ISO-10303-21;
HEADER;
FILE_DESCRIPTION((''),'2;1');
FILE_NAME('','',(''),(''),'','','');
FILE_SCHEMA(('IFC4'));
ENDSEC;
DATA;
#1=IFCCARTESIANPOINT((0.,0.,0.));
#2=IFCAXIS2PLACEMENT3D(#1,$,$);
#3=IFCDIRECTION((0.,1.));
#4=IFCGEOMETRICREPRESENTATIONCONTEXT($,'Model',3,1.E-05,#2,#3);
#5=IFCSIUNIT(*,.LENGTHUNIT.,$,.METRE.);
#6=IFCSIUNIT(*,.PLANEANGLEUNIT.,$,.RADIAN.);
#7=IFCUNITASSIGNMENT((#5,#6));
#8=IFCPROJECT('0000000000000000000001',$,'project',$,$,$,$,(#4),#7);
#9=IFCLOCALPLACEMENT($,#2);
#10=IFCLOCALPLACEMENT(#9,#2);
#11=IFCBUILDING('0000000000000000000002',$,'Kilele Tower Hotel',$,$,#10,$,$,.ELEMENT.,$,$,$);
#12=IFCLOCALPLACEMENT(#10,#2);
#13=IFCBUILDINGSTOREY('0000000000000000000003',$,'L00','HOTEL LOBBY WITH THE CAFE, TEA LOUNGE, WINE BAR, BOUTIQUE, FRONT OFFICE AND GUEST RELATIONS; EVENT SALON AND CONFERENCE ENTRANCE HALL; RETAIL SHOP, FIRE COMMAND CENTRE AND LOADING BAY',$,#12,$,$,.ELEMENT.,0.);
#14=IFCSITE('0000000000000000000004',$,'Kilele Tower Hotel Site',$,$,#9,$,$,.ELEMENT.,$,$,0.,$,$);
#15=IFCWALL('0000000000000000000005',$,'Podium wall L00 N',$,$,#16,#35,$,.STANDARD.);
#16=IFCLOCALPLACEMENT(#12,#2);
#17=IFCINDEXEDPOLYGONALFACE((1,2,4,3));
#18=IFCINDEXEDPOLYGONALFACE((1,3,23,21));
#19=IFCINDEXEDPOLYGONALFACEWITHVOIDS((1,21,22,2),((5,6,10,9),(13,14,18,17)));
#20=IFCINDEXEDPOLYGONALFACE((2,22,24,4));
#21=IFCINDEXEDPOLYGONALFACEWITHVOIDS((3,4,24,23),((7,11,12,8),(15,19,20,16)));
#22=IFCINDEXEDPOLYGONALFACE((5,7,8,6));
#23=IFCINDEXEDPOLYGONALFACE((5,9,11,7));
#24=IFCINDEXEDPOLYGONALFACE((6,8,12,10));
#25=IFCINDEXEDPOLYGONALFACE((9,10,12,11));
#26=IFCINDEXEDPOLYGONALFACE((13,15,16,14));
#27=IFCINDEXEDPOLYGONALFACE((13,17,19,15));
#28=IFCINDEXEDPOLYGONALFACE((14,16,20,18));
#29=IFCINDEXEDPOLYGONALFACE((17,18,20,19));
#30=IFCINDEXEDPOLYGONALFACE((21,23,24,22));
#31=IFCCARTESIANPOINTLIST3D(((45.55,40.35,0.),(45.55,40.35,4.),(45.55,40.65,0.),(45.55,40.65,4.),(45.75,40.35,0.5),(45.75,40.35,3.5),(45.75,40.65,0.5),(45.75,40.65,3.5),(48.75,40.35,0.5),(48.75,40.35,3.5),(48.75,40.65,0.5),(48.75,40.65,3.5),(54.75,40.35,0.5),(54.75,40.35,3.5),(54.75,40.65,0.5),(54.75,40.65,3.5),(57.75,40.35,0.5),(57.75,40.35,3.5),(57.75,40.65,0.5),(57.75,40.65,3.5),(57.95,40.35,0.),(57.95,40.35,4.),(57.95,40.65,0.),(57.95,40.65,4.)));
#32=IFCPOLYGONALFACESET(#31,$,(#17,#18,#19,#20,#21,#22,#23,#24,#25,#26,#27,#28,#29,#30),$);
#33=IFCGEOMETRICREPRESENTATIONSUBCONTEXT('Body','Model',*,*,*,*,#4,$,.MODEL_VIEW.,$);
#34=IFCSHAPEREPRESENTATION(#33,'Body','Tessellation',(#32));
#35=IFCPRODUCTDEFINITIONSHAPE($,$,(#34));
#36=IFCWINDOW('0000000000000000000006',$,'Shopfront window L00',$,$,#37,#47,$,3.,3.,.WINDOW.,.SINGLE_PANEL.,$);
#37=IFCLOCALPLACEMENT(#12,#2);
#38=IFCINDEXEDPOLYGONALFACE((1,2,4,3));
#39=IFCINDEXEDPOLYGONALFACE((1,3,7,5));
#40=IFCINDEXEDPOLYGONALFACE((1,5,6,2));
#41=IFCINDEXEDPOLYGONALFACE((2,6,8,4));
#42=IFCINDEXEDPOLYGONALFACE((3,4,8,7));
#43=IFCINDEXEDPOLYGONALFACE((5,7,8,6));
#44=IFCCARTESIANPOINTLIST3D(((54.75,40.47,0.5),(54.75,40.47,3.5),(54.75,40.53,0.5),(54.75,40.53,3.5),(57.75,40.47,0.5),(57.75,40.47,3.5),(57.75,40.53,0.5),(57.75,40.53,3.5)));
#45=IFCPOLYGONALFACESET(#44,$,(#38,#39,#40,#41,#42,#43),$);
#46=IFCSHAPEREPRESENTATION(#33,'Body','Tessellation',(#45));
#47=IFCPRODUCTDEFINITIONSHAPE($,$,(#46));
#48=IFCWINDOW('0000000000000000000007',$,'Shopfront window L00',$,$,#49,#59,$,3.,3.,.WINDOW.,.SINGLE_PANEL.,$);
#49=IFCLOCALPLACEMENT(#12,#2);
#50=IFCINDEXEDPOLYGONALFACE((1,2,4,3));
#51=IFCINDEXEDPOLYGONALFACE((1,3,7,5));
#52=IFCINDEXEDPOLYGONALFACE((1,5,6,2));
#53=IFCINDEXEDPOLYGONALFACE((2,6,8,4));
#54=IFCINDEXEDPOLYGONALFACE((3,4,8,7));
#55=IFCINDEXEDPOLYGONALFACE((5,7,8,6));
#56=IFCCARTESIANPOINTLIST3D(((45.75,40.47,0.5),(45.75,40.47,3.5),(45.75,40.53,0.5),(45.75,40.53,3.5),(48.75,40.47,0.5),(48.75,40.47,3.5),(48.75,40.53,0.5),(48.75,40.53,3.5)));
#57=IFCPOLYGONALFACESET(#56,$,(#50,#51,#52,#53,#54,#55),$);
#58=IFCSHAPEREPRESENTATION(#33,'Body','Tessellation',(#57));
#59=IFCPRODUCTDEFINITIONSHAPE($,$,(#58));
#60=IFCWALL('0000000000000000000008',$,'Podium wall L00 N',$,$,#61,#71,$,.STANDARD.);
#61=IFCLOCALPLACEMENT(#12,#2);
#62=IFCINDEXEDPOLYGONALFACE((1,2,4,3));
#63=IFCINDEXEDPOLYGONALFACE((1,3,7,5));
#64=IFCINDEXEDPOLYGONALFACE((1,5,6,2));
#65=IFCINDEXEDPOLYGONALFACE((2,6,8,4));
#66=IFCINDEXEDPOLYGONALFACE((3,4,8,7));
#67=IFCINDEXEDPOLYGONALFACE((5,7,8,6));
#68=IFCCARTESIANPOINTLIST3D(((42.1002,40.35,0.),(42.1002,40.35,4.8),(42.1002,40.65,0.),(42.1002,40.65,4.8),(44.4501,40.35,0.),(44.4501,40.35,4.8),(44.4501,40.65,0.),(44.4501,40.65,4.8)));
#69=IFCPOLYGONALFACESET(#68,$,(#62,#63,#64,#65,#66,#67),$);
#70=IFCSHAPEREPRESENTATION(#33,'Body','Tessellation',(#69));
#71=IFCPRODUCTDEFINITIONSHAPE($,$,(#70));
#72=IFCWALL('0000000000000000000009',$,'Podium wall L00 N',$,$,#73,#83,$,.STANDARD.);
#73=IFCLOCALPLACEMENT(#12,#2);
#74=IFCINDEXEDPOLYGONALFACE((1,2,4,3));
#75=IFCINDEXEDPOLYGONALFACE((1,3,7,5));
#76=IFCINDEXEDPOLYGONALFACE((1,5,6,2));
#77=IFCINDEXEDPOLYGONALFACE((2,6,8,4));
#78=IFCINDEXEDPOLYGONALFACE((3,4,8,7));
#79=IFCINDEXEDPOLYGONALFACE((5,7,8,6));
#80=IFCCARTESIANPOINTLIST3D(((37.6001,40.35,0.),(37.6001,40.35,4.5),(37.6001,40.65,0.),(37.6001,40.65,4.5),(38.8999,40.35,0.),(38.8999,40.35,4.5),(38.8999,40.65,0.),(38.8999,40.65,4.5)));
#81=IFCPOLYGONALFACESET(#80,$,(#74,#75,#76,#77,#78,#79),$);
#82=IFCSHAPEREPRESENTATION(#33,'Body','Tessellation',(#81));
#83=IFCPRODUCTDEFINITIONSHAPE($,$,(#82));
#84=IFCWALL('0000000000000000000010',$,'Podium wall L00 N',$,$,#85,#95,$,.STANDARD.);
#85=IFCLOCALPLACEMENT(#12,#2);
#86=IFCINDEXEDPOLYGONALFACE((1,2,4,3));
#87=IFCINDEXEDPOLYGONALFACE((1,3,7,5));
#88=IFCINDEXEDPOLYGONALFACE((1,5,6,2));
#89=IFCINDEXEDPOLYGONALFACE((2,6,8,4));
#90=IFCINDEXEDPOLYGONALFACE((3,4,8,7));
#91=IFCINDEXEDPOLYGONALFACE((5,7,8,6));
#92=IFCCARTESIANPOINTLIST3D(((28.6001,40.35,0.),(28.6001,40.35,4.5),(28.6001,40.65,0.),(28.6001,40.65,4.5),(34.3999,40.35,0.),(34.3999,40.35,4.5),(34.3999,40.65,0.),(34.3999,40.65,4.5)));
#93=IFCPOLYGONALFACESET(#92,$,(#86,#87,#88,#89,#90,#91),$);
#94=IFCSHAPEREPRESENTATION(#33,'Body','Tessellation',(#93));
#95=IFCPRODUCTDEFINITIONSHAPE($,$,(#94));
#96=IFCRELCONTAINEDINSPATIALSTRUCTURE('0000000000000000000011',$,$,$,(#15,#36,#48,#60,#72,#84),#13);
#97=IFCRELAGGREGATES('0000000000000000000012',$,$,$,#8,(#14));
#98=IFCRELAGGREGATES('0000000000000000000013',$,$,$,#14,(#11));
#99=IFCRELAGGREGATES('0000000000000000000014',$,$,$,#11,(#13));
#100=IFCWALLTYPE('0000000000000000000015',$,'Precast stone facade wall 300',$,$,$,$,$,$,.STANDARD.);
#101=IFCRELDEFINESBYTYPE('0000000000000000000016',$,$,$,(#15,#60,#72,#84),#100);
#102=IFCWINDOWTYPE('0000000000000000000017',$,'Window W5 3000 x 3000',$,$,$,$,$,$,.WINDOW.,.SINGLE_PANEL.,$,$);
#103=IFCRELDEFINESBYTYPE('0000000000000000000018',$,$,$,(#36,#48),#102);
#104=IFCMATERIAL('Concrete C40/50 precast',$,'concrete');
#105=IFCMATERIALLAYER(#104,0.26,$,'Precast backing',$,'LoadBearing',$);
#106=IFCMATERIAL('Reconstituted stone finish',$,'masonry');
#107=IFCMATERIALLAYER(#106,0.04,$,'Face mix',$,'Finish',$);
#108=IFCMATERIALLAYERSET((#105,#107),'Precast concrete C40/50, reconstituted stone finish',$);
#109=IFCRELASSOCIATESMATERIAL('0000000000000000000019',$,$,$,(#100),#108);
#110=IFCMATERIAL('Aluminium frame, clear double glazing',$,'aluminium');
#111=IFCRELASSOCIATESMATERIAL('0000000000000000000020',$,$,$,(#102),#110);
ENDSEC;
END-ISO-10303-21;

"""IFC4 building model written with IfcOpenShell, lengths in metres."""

from ifc_helpers import new_model, si_unit, direction, frame, frame_2d, origin, place, context, subcontext, project, spatial, rectangle, extrude, material, layer, layer_set, type_object, element, fill, save


model = new_model("IFC4")

# Units and contexts
model_context = context("Model", 3, precision=1e-05, world=origin(), true_north=direction((0.0, 1.0)))
body_context = subcontext(model_context, "Body", "Model", "MODEL_VIEW")
ifc_project = project(units=[si_unit("LENGTHUNIT", "METRE"), si_unit("PLANEANGLEUNIT", "RADIAN")], contexts=[model_context])

# Site, building, storey
site_placement = place(None, origin())
site = spatial("IfcSite", under=ifc_project, at=site_placement, Name="Kilele Tower Hotel Site", CompositionType="ELEMENT", RefElevation=0.0)
building_placement = place(site_placement, origin())
building = spatial("IfcBuilding", under=site, at=building_placement, Name="Kilele Tower Hotel", CompositionType="ELEMENT")
storey_placement = place(building_placement, origin())
storey = spatial("IfcBuildingStorey", under=building, at=storey_placement, Name="L00", Description="HOTEL LOBBY WITH THE CAFE, TEA LOUNGE, WINE BAR, BOUTIQUE, FRONT OFFICE AND GUEST RELATIONS; EVENT SALON AND CONFERENCE ENTRANCE HALL; RETAIL SHOP, FIRE COMMAND CENTRE AND LOADING BAY", CompositionType="ELEMENT", Elevation=0.0)

# Shared definitions
ifc_material_1 = material(Name="Concrete C40/50 precast", Category="concrete")
ifc_layer_1 = layer(ifc_material_1, 0.26, Name="Precast backing", Category="LoadBearing")
ifc_material_2 = material(Name="Reconstituted stone finish", Category="masonry")
ifc_layer_2 = layer(ifc_material_2, 0.04, Name="Face mix", Category="Finish")
ifc_layer_set_1 = layer_set([ifc_layer_1, ifc_layer_2], Name="Precast concrete C40/50, reconstituted stone finish")
wall_type_1 = type_object("IfcWallType", Name="Precast stone facade wall 300", PredefinedType="STANDARD", material=ifc_layer_set_1)

# Wall, openings, windows
wall_1_placement = place(storey_placement, frame((57.95, 40.5, 0.0), z_axis=(0.0, 0.0, 1.0), x_axis=(-1.0, 0.0, 0.0)))
wall_1 = element("IfcWall", 1, at=wall_1_placement, inside=storey, type_object=wall_type_1, Name="Podium wall L00 N", PredefinedType="STANDARD", context=body_context, shape_type="SweptSolid", body=[
    extrude(rectangle(XDim=12.3999, YDim=0.3, at=frame_2d((6.2, 0.0))), origin(), (0.0, 0.0, 1.0), 4.0),
])
opening_1_placement = place(wall_1_placement, frame((0.2, 0.0, 0.5)))
opening_1 = element("IfcOpeningElement", 2, at=opening_1_placement, cuts=wall_1, PredefinedType="OPENING", context=body_context, shape_type="SweptSolid", body=[
    extrude(rectangle(XDim=3.0, YDim=3.0, at=frame_2d((1.5, 1.5))), frame((0.0, 0.1599, 0.0), z_axis=(0.0, -1.0, 0.0), x_axis=(1.0, 0.0, 0.0)), (0.0, 0.0, 1.0), 0.3201),
])
opening_2_placement = place(wall_1_placement, frame((9.2, 0.0, 0.5)))
opening_2 = element("IfcOpeningElement", 3, at=opening_2_placement, cuts=wall_1, PredefinedType="OPENING", context=body_context, shape_type="SweptSolid", body=[
    extrude(rectangle(XDim=3.0, YDim=3.0, at=frame_2d((1.5, 1.5))), frame((0.0, 0.1599, 0.0), z_axis=(0.0, -1.0, 0.0), x_axis=(1.0, 0.0, 0.0)), (0.0, 0.0, 1.0), 0.3201),
])
ifc_material_3 = material(Name="Aluminium frame, clear double glazing", Category="aluminium")
window_type = type_object("IfcWindowType", Name="Window W5 3000 x 3000", PartitioningType="SINGLE_PANEL", PredefinedType="WINDOW", material=ifc_material_3)
window_1_placement = place(opening_1_placement, origin())
window_1 = element("IfcWindow", 4, at=window_1_placement, inside=storey, type_object=window_type, Name="Shopfront window L00", OverallHeight=3.0, OverallWidth=3.0, PartitioningType="SINGLE_PANEL", PredefinedType="WINDOW", context=body_context, shape_type="SweptSolid", body=[
    extrude(rectangle(XDim=3.0, YDim=3.0, at=frame_2d((1.5, 1.5))), frame((0.0, 0.03, 0.0), z_axis=(0.0, -1.0, 0.0), x_axis=(1.0, 0.0, 0.0)), (0.0, 0.0, 1.0), 0.0601),
])
fill(opening_1, window_1)
window_2_placement = place(opening_2_placement, origin())
window_2 = element("IfcWindow", 5, at=window_2_placement, inside=storey, type_object=window_type, Name="Shopfront window L00", OverallHeight=3.0, OverallWidth=3.0, PartitioningType="SINGLE_PANEL", PredefinedType="WINDOW", context=body_context, shape_type="SweptSolid", body=[
    extrude(rectangle(XDim=3.0, YDim=3.0, at=frame_2d((1.5, 1.5))), frame((0.0, 0.03, 0.0), z_axis=(0.0, -1.0, 0.0), x_axis=(1.0, 0.0, 0.0)), (0.0, 0.0, 1.0), 0.0601),
])
fill(opening_2, window_2)

# Walls
wall_2_placement = place(storey_placement, frame((44.45, 40.5, 0.0), z_axis=(0.0, 0.0, 1.0), x_axis=(-1.0, 0.0, 0.0)))
element("IfcWall", 6, at=wall_2_placement, inside=storey, type_object=wall_type_1, Name="Podium wall L00 N", PredefinedType="STANDARD", context=body_context, shape_type="SweptSolid", body=[
    extrude(rectangle(XDim=2.3499, YDim=0.3, at=frame_2d((1.1748, 0.0))), origin(), (0.0, 0.0, 1.0), 4.8),
])
wall_3_placement = place(storey_placement, frame((38.8999, 40.5, 0.0), z_axis=(0.0, 0.0, 1.0), x_axis=(-1.0, 0.0, 0.0)))
element("IfcWall", 7, at=wall_3_placement, inside=storey, type_object=wall_type_1, Name="Podium wall L00 N", PredefinedType="STANDARD", context=body_context, shape_type="SweptSolid", body=[
    extrude(rectangle(XDim=1.2998, YDim=0.3, at=frame_2d((0.6499, 0.0))), origin(), (0.0, 0.0, 1.0), 4.5),
])
wall_4_placement = place(storey_placement, frame((34.3999, 40.5, 0.0), z_axis=(0.0, 0.0, 1.0), x_axis=(-1.0, 0.0, 0.0)))
element("IfcWall", 8, at=wall_4_placement, inside=storey, type_object=wall_type_1, Name="Podium wall L00 N", PredefinedType="STANDARD", context=body_context, shape_type="SweptSolid", body=[
    extrude(rectangle(XDim=5.7998, YDim=0.3, at=frame_2d((2.8999, 0.0))), origin(), (0.0, 0.0, 1.0), 4.5),
])

save(model, "model.ifc")
